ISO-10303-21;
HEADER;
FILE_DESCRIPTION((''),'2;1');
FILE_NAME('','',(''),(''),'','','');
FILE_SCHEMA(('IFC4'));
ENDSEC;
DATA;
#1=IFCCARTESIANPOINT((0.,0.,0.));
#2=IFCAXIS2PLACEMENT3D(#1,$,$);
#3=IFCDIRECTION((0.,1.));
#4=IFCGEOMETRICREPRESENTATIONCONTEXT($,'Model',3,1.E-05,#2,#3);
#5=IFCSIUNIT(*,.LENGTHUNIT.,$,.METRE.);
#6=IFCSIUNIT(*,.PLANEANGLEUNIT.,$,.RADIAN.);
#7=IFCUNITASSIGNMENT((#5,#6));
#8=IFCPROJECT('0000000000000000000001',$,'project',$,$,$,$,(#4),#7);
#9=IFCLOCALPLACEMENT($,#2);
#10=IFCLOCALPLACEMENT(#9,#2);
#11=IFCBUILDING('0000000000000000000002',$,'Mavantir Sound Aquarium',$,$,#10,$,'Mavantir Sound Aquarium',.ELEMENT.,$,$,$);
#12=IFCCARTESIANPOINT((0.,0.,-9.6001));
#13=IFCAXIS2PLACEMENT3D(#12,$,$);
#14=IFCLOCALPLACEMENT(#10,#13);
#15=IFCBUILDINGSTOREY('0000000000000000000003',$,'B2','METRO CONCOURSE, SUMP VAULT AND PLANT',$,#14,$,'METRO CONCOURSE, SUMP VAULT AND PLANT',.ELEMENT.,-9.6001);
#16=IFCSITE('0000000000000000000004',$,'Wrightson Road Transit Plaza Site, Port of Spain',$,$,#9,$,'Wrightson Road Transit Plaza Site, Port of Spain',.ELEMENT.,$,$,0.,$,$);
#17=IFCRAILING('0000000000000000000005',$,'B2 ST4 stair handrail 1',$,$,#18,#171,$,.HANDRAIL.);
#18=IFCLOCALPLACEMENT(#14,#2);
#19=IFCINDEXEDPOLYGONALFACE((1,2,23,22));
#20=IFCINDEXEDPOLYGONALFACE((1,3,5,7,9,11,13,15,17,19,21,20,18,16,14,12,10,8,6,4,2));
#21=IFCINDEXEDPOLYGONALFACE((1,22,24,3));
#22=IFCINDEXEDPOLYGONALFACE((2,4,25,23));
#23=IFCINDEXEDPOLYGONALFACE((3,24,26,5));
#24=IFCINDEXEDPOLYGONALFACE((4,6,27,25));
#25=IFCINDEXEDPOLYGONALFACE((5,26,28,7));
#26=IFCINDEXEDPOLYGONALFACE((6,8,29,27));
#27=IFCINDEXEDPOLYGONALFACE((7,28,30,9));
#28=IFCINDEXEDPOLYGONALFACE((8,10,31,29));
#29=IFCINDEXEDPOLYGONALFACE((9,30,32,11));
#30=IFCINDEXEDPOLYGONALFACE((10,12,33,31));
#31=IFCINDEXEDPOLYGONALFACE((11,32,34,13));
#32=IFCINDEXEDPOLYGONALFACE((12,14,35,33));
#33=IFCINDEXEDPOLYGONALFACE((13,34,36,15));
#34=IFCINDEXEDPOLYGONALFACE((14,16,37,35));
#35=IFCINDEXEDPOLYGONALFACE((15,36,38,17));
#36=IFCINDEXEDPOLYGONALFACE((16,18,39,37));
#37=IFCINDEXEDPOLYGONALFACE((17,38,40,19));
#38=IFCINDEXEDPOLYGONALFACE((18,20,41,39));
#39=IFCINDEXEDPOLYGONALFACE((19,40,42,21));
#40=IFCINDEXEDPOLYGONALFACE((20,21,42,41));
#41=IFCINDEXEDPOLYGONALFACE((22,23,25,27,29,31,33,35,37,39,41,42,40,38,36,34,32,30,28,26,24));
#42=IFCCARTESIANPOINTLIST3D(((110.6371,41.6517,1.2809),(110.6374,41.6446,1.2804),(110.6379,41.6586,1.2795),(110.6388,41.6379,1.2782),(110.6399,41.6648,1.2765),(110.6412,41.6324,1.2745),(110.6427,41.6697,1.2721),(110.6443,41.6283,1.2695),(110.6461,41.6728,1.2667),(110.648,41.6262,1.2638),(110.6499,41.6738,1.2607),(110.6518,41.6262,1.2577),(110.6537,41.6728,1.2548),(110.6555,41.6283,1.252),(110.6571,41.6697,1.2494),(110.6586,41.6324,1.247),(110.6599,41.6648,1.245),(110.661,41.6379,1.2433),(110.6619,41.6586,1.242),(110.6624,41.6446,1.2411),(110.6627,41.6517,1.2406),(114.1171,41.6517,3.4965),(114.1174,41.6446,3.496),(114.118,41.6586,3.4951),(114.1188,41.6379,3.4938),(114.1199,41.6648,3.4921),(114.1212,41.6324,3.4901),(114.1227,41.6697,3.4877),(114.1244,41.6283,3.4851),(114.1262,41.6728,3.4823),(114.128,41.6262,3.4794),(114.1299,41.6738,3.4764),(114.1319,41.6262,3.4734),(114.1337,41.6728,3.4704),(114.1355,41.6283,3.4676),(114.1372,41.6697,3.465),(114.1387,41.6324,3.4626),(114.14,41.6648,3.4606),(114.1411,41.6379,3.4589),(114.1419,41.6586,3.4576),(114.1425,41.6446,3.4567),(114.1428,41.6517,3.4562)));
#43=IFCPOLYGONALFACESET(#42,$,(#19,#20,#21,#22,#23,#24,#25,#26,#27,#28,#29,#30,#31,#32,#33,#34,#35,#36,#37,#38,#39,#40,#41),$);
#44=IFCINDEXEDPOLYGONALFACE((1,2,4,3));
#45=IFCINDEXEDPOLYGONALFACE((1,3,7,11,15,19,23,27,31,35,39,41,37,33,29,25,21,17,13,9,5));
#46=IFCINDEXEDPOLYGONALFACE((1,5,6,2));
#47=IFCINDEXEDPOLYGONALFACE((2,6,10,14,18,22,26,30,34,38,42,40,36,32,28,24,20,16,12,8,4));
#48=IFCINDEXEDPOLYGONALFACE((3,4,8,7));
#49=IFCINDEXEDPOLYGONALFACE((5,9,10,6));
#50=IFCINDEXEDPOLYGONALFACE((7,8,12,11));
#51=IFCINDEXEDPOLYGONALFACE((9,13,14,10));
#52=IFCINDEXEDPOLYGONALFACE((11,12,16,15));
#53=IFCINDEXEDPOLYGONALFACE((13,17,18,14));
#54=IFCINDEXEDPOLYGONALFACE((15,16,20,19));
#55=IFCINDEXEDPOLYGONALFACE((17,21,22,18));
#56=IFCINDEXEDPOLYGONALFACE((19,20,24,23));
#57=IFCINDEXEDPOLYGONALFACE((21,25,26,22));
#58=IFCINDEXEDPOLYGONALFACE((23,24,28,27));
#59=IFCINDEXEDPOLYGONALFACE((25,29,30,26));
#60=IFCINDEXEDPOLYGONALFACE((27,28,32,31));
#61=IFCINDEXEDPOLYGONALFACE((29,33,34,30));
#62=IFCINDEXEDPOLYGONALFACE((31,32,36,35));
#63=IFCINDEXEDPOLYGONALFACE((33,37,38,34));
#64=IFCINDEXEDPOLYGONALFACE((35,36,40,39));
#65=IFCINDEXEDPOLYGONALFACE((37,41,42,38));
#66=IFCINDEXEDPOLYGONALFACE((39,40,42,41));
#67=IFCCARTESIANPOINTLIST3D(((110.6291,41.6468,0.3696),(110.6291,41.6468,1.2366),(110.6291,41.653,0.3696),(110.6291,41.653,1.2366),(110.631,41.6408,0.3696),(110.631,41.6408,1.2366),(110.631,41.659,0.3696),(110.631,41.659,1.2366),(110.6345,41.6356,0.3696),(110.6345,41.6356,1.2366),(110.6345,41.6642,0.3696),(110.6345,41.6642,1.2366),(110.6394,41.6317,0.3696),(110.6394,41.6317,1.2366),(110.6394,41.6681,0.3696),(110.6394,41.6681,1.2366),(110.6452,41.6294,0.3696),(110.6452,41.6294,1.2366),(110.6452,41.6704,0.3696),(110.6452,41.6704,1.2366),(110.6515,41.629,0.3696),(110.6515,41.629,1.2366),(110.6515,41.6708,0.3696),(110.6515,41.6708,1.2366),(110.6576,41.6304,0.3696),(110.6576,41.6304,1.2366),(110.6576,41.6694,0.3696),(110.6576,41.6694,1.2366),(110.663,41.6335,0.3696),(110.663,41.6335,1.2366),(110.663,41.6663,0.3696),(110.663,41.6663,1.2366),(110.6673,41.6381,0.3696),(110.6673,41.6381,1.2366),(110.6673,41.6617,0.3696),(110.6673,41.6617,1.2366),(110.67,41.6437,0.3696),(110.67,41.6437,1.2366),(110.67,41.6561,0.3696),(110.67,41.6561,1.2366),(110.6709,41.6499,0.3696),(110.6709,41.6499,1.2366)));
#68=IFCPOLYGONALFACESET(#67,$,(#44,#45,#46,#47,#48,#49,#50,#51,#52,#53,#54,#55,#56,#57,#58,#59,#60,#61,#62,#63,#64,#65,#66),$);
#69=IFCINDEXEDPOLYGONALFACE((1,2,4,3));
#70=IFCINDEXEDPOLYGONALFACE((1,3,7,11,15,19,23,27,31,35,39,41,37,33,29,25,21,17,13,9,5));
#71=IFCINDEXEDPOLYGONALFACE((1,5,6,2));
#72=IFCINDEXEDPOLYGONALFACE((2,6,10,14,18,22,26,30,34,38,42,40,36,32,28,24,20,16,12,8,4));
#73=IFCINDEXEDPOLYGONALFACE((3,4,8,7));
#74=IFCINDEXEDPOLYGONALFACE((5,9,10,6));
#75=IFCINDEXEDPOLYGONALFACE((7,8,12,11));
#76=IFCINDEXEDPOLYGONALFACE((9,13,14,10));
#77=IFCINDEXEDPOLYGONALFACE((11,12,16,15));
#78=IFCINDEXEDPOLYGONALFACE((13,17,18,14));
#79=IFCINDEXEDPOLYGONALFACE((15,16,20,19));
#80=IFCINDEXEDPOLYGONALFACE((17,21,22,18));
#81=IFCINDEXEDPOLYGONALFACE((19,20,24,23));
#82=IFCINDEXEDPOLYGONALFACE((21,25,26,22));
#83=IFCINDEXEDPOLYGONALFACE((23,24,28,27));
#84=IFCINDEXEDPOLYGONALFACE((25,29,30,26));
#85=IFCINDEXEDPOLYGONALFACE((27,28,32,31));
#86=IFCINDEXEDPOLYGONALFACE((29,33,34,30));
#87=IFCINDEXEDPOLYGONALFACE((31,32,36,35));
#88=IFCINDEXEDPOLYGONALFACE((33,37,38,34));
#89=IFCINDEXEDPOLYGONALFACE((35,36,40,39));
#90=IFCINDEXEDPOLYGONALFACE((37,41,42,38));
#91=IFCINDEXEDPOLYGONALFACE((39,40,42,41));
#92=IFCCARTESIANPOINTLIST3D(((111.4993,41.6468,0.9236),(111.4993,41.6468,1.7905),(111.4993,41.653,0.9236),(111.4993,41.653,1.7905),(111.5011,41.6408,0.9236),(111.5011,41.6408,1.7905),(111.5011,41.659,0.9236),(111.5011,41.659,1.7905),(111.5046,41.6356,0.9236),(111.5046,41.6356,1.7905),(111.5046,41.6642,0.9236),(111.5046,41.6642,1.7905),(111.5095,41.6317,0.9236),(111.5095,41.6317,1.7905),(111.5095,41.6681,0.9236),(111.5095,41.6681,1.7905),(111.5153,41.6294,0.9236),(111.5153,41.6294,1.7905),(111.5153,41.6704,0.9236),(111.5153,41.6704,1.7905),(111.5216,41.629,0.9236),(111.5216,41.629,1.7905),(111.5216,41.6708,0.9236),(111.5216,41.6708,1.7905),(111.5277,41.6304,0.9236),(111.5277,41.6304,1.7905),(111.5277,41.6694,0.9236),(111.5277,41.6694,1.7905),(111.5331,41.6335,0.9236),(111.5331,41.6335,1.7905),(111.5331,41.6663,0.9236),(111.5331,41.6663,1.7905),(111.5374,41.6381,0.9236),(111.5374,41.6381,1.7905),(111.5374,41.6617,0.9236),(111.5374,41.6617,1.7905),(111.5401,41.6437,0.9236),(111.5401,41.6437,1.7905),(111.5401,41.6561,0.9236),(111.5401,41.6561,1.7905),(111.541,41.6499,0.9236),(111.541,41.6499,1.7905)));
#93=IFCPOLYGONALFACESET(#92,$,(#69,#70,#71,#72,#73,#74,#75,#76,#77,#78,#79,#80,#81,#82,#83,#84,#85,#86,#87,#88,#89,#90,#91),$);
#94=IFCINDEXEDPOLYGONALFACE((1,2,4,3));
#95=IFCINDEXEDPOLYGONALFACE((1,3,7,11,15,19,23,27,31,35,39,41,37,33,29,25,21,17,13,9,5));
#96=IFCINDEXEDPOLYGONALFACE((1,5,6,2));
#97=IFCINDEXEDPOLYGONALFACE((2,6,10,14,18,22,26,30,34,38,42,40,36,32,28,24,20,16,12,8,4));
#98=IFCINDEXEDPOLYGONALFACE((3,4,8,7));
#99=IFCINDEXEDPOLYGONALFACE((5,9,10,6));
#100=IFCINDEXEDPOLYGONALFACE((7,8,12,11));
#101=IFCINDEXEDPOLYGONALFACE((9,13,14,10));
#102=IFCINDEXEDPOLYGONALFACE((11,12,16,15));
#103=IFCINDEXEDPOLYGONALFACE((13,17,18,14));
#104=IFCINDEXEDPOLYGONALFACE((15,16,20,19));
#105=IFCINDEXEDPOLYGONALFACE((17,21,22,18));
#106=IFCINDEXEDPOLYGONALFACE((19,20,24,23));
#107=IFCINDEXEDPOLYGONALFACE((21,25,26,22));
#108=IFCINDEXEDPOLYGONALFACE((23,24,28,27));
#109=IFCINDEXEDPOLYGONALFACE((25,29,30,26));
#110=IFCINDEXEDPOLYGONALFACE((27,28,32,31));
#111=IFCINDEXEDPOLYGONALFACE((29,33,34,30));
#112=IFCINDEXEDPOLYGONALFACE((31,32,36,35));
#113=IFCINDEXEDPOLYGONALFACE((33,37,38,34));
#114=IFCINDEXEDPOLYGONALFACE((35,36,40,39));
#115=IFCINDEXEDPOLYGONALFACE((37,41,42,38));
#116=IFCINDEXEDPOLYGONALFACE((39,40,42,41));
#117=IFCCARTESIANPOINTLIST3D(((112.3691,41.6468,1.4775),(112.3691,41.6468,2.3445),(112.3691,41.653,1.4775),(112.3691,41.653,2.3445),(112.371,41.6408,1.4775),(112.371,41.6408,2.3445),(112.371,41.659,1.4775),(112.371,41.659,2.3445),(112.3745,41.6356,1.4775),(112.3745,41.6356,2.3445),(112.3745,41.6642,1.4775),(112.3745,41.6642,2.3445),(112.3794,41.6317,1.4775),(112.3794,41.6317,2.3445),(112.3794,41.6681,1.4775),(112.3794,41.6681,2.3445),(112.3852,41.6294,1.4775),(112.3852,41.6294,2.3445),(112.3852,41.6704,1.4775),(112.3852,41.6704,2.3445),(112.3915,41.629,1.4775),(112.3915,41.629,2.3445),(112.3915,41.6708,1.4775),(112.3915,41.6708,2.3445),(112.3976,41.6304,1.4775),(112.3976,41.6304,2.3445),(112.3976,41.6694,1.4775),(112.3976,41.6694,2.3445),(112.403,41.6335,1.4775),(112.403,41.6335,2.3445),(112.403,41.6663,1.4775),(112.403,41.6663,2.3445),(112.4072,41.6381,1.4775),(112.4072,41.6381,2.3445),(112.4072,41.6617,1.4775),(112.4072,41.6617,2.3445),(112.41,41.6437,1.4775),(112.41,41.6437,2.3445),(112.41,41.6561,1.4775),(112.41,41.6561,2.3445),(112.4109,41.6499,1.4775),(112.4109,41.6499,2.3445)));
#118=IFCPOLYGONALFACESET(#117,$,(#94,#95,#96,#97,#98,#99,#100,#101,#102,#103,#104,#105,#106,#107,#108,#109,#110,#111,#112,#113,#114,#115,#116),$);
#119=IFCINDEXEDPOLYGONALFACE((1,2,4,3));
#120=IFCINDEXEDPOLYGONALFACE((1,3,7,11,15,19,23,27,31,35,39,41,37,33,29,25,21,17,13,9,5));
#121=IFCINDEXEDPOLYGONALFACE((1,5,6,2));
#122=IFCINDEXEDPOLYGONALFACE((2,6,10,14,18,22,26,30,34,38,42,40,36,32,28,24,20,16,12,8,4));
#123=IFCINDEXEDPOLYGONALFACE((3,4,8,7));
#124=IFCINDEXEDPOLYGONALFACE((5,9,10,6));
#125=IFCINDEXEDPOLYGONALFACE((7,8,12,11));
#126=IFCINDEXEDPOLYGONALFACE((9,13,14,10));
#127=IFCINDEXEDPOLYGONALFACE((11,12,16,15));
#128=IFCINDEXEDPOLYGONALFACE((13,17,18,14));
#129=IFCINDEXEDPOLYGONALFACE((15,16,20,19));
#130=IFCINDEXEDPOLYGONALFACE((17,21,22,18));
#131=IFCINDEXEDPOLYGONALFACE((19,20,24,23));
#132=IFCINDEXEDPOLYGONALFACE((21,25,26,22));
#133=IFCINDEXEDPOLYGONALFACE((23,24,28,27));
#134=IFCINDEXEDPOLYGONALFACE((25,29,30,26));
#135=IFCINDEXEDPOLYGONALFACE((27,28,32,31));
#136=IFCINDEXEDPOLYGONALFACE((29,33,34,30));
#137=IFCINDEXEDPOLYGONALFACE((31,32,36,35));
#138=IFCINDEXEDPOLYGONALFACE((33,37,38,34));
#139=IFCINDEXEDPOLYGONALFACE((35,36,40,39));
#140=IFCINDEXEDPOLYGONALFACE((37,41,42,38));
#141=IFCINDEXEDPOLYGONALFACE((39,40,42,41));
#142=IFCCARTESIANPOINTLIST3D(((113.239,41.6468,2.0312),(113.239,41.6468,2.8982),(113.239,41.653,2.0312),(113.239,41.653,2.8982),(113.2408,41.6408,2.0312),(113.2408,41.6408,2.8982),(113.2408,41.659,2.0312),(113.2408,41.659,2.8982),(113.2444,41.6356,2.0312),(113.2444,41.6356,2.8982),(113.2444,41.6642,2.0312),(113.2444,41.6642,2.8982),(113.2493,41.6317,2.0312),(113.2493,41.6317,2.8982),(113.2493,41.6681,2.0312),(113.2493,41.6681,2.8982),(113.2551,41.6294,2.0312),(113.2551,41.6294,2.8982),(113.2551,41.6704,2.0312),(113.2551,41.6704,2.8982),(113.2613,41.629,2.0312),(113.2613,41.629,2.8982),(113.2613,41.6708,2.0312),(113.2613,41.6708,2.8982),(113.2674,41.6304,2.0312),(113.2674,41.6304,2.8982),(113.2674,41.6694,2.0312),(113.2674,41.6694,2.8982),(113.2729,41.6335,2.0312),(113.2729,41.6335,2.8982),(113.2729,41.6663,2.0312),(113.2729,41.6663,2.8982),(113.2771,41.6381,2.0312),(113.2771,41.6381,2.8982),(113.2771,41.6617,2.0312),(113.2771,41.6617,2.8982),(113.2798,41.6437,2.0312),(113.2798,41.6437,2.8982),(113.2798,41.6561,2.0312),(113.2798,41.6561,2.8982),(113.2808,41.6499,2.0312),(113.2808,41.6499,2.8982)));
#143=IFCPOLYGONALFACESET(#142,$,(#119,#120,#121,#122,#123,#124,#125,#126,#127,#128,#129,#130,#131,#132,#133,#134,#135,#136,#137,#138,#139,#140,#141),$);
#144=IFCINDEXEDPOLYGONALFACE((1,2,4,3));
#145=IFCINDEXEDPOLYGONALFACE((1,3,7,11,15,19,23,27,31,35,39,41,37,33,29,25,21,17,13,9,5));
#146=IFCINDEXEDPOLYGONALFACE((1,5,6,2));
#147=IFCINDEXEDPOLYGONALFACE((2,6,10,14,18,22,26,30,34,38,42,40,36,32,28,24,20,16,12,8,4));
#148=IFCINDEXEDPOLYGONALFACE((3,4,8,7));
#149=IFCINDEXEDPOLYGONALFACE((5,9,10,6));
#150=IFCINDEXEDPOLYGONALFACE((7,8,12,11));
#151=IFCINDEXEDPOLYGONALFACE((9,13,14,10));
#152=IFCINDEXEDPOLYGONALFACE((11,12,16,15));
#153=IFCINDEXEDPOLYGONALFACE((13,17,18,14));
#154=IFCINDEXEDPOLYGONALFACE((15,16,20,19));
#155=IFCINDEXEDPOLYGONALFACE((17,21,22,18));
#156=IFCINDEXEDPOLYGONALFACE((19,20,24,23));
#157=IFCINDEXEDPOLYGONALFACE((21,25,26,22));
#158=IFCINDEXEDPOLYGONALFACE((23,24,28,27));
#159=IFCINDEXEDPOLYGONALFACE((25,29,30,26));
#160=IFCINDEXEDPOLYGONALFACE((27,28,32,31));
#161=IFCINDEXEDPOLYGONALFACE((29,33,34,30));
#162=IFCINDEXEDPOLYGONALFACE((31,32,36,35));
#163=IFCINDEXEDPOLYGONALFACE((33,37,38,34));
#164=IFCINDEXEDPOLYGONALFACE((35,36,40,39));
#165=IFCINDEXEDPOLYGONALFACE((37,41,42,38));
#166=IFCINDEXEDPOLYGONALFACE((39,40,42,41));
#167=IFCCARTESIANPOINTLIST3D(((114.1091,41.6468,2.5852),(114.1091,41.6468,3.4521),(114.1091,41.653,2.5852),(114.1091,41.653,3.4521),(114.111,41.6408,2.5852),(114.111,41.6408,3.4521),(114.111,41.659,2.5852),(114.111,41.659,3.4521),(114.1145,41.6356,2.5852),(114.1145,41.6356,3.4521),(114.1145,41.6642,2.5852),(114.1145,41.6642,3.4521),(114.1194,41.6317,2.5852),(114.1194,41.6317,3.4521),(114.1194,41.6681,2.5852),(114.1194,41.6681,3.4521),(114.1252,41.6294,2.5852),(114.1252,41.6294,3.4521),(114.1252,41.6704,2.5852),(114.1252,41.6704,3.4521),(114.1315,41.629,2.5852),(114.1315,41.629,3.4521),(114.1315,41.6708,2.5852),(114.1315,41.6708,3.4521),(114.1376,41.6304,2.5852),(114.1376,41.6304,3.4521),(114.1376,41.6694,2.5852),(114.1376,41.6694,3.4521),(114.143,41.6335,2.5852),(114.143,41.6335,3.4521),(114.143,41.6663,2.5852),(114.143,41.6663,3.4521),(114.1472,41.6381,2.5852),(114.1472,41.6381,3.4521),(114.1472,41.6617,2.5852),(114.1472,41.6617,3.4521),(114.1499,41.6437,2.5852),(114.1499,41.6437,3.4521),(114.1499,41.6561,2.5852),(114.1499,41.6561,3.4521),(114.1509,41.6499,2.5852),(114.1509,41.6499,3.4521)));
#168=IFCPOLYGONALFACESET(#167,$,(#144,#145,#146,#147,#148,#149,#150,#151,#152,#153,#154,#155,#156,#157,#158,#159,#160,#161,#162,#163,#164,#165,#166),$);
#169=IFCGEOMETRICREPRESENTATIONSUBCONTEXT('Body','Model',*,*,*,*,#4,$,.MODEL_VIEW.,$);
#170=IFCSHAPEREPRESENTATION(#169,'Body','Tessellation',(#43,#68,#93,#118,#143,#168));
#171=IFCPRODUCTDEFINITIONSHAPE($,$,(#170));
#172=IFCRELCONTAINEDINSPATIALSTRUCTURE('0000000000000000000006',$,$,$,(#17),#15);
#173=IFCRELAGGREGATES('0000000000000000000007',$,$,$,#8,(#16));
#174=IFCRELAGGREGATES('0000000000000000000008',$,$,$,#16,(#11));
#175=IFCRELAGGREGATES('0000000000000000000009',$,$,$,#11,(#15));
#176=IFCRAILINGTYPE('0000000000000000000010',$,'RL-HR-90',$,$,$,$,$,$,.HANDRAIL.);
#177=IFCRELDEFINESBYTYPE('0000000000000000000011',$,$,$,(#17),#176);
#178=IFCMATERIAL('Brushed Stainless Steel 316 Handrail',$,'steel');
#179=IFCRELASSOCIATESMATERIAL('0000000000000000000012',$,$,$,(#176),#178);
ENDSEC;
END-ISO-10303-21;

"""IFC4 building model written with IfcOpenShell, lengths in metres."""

from ifc_helpers import new_model, si_unit, direction, frame, origin, origin_2d, place, context, subcontext, project, spatial, circle, extrude, material, type_object, element, save


model = new_model("IFC4")

# Units and contexts
model_context = context("Model", 3, precision=1e-05, world=origin(), true_north=direction((0.0, 1.0)))
body_context = subcontext(model_context, "Body", "Model", "MODEL_VIEW")
ifc_project = project(units=[si_unit("LENGTHUNIT", "METRE"), si_unit("PLANEANGLEUNIT", "RADIAN")], contexts=[model_context])

# Site, building, storey
site_placement = place(None, origin())
site = spatial("IfcSite", under=ifc_project, at=site_placement, Name="Wrightson Road Transit Plaza Site, Port of Spain", LongName="Wrightson Road Transit Plaza Site, Port of Spain", CompositionType="ELEMENT", RefElevation=0.0)
building_placement = place(site_placement, origin())
building = spatial("IfcBuilding", under=site, at=building_placement, Name="Mavantir Sound Aquarium", LongName="Mavantir Sound Aquarium", CompositionType="ELEMENT")
storey_placement = place(building_placement, frame((0.0, 0.0, -9.6001)))
storey = spatial("IfcBuildingStorey", under=building, at=storey_placement, Name="B2", Description="METRO CONCOURSE, SUMP VAULT AND PLANT", LongName="METRO CONCOURSE, SUMP VAULT AND PLANT", CompositionType="ELEMENT", Elevation=-9.6001)

# Railing
ifc_material_1 = material(Name="Brushed Stainless Steel 316 Handrail", Category="steel")
railing_type_1 = type_object("IfcRailingType", Name="RL-HR-90", PredefinedType="HANDRAIL", material=ifc_material_1)
railing_1_placement = place(storey_placement, frame((110.6499, 41.6499, 0.3696)))
element("IfcRailing", 1, at=railing_1_placement, inside=storey, type_object=railing_type_1, Name="B2 ST4 stair handrail 1", PredefinedType="HANDRAIL", context=body_context, shape_type="SweptSolid", body=[
    extrude(circle(Radius=0.0239, at=origin_2d()), frame((0.0, 0.0, 0.8911), z_axis=(0.843547, 0.0, 0.537055), x_axis=(0.0, 1.0, 0.0)), (0.0, 0.0, 1.0), 4.1255),
    extrude(circle(Radius=0.021, at=origin_2d()), origin(), (0.0, 0.0, 1.0), 0.8669),
    extrude(circle(Radius=0.021, at=origin_2d()), frame((0.8701, 0.0, 0.554)), (0.0, 0.0, 1.0), 0.8669),
    extrude(circle(Radius=0.021, at=origin_2d()), frame((1.74, 0.0, 1.1079)), (0.0, 0.0, 1.0), 0.8669),
    extrude(circle(Radius=0.021, at=origin_2d()), frame((2.6099, 0.0, 1.6616)), (0.0, 0.0, 1.0), 0.8669),
    extrude(circle(Radius=0.021, at=origin_2d()), frame((3.48, 0.0, 2.2156)), (0.0, 0.0, 1.0), 0.8669),
])

save(model, "model.ifc")
